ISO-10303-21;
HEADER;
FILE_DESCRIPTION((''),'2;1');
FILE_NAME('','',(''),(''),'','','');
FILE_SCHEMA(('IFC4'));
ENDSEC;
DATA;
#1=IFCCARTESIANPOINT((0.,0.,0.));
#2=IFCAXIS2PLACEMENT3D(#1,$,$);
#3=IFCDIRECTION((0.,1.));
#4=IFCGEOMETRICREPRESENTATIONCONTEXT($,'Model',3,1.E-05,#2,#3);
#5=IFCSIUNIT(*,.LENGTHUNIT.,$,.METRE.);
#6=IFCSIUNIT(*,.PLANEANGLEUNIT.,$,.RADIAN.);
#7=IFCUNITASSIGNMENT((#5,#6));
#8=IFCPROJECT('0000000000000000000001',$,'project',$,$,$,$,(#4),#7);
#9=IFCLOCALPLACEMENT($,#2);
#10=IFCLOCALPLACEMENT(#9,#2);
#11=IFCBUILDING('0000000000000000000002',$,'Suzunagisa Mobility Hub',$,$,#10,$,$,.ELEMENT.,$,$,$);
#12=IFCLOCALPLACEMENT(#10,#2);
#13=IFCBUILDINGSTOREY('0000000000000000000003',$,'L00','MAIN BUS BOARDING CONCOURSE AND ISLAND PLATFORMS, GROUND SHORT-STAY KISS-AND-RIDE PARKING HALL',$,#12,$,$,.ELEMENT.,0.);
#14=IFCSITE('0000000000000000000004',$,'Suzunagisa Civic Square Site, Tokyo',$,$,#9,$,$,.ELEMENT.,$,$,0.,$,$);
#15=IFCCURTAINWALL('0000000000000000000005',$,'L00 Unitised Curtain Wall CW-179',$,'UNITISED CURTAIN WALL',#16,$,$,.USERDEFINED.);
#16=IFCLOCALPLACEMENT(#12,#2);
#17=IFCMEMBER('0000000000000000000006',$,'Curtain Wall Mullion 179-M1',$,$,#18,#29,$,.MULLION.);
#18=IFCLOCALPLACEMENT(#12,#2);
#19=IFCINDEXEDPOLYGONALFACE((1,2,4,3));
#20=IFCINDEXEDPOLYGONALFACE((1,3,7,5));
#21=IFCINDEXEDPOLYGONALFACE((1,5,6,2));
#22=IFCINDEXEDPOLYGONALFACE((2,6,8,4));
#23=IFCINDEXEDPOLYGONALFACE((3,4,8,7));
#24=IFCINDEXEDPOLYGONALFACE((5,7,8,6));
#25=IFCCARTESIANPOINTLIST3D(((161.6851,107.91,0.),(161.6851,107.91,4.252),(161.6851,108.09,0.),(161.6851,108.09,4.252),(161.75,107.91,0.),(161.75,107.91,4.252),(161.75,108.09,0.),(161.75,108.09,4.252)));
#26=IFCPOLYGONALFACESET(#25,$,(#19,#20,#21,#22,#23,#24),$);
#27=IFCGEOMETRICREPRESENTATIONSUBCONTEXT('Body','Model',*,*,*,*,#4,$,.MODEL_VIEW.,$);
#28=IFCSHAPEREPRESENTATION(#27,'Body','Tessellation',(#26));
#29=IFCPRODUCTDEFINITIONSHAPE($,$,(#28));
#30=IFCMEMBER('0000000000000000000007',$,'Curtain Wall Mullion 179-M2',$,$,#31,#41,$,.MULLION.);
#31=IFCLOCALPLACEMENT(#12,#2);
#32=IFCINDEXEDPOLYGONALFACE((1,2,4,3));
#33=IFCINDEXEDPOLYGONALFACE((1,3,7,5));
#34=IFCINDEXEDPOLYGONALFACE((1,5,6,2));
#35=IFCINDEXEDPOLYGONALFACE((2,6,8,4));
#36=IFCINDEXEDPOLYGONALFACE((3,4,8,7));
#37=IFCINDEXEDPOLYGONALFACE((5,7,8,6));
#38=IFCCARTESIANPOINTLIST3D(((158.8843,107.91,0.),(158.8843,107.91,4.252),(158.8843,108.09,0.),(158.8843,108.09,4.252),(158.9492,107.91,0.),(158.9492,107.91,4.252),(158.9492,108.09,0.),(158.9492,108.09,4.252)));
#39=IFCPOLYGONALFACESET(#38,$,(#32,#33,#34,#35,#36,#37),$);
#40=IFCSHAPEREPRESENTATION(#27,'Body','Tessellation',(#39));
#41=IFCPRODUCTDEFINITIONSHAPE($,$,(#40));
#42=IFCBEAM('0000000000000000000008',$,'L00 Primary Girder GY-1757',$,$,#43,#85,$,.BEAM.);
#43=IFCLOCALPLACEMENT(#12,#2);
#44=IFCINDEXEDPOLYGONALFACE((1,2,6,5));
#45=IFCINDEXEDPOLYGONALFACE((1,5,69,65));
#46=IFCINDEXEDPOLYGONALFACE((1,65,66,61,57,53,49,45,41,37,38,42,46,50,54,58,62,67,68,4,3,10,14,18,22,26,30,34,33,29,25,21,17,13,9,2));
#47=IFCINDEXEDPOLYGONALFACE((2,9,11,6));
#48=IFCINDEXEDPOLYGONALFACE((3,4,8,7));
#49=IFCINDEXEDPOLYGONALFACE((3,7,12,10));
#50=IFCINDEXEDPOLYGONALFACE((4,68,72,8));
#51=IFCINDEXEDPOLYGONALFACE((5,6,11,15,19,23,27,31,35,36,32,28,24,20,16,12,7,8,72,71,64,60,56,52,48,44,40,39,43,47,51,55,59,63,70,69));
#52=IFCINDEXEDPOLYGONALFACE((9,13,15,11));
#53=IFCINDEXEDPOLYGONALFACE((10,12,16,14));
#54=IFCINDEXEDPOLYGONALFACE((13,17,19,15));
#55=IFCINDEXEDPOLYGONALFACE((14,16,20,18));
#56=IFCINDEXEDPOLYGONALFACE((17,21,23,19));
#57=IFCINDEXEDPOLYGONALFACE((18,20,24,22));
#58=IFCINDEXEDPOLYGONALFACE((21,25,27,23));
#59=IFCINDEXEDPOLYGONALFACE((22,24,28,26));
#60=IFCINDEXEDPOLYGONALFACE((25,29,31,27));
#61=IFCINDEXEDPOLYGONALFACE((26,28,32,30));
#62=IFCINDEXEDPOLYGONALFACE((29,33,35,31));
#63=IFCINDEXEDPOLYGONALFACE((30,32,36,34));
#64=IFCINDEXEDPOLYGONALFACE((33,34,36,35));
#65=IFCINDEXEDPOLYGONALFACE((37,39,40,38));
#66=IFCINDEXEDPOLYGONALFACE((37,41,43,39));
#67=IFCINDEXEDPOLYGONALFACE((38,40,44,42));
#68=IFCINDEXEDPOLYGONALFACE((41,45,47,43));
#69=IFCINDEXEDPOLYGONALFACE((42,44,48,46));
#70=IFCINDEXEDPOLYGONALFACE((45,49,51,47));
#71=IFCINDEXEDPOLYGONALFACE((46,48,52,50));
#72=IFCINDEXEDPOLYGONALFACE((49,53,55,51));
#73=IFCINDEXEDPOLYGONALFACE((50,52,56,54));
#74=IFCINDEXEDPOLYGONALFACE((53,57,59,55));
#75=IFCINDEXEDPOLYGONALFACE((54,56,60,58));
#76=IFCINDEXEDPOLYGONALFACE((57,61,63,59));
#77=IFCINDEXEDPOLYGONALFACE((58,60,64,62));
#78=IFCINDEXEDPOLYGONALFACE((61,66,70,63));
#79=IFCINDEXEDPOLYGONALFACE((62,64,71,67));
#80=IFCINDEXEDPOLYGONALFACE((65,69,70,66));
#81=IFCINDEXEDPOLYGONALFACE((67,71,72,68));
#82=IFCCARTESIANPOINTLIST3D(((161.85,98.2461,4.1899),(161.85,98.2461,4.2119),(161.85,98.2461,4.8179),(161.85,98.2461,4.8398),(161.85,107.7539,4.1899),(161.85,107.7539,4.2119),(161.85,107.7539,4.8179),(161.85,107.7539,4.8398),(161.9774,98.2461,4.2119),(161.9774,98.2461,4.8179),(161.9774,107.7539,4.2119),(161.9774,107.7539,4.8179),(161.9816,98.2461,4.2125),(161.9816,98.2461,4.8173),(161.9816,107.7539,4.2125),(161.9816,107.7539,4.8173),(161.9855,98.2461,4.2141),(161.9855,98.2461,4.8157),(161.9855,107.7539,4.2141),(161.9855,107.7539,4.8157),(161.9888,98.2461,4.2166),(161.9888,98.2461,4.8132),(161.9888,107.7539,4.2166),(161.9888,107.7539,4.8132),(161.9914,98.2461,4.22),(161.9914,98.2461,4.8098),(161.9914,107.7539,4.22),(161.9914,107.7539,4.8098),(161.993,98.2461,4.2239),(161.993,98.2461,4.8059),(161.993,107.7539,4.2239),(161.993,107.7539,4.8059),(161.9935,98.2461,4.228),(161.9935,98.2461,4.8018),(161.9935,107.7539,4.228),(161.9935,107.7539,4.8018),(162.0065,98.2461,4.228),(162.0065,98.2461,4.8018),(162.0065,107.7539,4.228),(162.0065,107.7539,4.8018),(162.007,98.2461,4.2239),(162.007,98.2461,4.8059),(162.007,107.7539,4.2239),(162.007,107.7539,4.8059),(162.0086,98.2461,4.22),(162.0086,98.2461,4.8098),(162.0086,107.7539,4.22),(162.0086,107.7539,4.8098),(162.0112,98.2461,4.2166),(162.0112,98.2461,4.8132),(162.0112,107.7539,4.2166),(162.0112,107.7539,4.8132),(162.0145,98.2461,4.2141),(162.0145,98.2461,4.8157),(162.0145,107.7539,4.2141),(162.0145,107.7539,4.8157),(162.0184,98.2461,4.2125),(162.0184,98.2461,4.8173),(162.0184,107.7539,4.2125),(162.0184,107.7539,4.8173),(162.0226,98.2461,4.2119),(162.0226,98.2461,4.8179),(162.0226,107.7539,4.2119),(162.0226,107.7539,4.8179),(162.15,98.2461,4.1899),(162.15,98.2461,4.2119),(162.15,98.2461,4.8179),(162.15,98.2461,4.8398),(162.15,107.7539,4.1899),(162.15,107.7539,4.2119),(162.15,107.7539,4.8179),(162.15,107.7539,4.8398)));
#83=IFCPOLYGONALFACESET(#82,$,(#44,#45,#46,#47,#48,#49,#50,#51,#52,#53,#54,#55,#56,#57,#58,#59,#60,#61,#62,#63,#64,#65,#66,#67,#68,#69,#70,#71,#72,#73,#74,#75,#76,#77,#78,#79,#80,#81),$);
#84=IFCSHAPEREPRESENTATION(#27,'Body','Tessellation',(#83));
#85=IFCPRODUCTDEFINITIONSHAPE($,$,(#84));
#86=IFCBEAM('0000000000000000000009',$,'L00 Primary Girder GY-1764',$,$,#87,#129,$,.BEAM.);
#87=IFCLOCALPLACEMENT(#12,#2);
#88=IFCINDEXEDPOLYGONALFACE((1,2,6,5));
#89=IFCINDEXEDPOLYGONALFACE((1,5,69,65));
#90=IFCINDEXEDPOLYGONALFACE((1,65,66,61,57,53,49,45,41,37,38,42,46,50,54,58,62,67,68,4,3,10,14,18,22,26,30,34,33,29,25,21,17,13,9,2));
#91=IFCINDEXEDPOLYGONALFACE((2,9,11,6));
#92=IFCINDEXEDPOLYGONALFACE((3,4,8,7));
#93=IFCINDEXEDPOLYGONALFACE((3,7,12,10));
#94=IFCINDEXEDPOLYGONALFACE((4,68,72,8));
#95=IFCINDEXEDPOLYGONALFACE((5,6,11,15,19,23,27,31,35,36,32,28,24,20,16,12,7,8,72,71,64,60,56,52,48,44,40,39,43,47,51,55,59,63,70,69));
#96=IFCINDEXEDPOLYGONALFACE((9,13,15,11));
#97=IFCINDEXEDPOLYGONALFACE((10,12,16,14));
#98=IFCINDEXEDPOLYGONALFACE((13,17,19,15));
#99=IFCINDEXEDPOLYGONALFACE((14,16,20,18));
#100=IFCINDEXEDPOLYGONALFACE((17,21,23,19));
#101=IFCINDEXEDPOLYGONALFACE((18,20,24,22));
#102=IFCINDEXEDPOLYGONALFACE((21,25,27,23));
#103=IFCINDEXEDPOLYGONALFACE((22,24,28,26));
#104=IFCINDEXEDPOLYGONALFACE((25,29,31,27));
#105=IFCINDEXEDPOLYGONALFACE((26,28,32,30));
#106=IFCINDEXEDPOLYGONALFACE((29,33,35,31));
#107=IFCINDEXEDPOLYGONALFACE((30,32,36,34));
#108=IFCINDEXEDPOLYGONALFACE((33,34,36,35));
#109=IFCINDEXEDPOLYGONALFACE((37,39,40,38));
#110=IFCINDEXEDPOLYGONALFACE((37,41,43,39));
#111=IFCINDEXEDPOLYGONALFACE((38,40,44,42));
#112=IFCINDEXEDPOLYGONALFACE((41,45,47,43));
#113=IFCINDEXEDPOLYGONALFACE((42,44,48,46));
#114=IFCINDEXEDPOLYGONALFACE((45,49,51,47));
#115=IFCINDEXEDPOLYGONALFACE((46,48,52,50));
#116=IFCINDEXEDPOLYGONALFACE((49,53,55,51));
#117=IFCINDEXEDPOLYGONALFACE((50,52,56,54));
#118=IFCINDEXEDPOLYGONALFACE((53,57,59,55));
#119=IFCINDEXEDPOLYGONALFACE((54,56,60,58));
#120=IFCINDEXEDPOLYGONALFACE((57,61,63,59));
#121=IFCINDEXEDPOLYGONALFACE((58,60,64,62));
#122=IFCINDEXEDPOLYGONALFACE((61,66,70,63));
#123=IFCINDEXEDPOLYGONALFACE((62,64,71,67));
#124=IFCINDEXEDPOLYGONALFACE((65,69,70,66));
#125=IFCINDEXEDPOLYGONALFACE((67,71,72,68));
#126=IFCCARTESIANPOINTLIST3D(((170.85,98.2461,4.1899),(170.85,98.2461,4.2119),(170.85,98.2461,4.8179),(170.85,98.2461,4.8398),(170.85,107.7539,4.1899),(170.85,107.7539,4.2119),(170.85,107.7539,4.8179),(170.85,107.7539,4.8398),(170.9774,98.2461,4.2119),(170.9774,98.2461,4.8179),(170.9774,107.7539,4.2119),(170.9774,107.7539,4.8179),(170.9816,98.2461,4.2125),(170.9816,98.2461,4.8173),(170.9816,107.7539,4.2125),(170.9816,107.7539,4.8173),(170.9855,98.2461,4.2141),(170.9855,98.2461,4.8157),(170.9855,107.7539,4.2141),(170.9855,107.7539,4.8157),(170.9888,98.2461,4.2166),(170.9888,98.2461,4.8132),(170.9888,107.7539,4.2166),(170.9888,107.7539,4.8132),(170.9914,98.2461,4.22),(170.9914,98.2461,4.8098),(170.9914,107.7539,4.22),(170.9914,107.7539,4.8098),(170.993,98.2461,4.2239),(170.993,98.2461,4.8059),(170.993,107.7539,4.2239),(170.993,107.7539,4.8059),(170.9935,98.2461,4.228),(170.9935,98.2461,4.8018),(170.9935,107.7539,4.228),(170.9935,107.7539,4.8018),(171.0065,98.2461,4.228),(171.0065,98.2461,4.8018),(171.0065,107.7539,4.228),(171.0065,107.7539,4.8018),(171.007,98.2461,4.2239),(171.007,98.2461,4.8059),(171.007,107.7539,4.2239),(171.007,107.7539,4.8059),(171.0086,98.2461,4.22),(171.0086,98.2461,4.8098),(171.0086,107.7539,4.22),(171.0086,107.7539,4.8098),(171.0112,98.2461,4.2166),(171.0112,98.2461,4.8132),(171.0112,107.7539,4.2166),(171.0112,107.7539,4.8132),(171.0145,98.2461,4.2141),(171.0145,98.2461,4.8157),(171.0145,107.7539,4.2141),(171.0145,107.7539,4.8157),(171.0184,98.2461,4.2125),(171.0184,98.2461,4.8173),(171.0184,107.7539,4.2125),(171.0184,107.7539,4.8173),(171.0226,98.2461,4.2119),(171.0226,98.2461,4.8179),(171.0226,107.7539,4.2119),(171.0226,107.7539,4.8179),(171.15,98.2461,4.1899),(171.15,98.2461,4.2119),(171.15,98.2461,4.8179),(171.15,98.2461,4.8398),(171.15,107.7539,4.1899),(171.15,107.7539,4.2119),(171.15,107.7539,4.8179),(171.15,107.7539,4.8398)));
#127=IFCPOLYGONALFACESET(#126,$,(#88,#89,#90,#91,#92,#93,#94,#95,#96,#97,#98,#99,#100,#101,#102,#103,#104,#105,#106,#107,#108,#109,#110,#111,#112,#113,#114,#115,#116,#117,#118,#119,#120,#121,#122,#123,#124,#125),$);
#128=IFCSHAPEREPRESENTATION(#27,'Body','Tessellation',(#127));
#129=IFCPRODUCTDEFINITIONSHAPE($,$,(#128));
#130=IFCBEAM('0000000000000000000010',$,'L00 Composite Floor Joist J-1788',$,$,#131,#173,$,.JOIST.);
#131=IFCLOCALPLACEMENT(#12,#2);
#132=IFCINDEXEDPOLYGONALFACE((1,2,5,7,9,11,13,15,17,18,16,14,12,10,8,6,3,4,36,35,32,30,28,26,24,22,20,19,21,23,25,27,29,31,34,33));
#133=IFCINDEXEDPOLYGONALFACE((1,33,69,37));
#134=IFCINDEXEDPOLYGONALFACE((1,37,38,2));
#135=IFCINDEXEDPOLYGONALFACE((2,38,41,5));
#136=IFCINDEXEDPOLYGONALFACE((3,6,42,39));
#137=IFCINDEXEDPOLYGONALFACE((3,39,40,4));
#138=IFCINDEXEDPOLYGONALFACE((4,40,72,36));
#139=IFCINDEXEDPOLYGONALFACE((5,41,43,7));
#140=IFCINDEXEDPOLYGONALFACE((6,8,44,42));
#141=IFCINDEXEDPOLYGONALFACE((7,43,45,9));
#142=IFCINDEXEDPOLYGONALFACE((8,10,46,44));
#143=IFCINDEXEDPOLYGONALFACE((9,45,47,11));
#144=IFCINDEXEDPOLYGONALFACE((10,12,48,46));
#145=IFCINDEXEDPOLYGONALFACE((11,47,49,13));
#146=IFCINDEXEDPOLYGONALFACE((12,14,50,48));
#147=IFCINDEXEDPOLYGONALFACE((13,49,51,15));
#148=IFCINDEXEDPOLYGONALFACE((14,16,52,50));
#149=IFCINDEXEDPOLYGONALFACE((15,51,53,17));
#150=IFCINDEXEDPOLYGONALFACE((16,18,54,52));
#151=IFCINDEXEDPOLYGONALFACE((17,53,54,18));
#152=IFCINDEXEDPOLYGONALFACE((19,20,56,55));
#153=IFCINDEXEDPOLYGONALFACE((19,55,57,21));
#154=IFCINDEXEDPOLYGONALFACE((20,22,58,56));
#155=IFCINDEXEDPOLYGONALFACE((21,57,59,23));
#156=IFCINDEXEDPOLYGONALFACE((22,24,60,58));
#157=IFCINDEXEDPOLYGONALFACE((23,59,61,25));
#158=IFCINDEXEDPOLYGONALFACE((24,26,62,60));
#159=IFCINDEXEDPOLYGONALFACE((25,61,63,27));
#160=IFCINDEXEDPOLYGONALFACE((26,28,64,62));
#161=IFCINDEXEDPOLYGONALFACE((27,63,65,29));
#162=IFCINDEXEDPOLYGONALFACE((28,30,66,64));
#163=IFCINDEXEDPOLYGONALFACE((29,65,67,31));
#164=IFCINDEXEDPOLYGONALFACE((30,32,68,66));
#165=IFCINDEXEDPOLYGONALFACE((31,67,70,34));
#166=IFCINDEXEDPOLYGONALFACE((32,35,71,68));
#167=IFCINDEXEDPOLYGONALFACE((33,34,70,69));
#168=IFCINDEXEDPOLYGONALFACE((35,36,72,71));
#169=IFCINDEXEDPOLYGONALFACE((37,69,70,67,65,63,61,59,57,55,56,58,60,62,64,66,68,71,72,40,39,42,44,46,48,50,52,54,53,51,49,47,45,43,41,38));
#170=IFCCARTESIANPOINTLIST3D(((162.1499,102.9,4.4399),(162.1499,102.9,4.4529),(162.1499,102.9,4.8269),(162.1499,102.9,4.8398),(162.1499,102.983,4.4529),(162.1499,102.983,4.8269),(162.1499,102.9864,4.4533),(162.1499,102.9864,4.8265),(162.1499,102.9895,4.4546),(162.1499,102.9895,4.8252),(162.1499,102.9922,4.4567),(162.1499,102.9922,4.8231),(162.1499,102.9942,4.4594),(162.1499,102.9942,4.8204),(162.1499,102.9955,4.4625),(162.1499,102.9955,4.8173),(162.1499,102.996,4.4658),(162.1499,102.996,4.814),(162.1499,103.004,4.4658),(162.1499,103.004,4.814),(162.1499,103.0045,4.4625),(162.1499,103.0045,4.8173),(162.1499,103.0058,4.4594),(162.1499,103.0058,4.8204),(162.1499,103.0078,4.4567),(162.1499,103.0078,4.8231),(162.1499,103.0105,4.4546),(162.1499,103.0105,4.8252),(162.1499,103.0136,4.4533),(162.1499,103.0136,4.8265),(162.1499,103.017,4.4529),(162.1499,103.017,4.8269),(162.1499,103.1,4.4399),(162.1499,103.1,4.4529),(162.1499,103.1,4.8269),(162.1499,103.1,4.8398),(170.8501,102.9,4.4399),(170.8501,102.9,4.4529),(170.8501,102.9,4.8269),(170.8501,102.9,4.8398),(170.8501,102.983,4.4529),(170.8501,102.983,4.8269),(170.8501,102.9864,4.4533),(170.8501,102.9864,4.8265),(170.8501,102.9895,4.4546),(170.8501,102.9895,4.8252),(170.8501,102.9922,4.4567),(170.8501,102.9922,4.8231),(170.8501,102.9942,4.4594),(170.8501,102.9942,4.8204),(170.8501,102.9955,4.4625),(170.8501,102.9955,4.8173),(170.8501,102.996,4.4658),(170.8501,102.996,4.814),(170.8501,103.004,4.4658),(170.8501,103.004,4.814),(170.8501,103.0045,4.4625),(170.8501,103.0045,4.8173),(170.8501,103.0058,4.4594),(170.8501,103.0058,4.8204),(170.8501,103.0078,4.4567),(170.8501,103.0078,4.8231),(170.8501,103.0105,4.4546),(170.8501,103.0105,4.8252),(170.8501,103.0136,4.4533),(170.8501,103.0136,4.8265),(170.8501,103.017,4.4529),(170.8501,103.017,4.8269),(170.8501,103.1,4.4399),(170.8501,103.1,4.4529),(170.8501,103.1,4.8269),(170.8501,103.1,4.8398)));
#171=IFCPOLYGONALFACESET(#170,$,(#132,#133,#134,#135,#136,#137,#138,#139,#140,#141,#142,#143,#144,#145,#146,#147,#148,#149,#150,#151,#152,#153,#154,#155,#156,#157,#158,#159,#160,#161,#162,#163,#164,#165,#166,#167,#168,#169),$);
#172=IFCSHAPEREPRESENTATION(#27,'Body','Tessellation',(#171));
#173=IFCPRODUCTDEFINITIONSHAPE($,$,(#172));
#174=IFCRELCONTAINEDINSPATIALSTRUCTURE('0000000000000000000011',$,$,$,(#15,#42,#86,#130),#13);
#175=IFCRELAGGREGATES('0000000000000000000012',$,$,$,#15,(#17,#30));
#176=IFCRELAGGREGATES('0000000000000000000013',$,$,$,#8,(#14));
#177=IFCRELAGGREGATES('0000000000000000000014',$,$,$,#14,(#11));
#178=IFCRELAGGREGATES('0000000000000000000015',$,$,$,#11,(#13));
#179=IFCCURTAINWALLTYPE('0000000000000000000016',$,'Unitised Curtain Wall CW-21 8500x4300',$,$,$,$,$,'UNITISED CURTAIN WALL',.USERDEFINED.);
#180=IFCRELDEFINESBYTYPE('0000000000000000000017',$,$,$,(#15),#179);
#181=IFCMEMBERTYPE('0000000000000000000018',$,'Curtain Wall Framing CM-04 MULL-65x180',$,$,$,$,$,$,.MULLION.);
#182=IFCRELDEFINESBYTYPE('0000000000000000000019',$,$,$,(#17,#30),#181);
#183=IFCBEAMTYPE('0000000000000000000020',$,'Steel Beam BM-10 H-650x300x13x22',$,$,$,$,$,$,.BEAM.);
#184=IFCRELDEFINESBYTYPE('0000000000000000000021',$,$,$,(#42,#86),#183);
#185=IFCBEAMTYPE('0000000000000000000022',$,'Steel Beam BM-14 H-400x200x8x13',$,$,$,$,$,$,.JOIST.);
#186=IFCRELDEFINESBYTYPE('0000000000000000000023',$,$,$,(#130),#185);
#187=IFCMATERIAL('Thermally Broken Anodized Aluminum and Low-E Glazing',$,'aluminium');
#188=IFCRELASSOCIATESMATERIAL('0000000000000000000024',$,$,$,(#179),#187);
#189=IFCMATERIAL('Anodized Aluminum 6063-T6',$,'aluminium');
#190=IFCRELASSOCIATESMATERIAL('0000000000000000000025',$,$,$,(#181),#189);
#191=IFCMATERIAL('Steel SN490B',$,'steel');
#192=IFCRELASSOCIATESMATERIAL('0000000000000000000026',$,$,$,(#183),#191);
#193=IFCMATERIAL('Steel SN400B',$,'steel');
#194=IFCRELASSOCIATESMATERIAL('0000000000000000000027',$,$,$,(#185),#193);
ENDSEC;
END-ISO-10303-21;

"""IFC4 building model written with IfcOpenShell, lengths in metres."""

from ifc_helpers import new_model, si_unit, direction, frame, origin, origin_2d, place, context, subcontext, project, spatial, rectangle, i_section, extrude, material, material_profile, profile_set, type_object, element, aggregate, save


model = new_model("IFC4")

# Units and contexts
model_context = context("Model", 3, precision=1e-05, world=origin(), true_north=direction((0.0, 1.0)))
body_context = subcontext(model_context, "Body", "Model", "MODEL_VIEW")
ifc_project = project(units=[si_unit("LENGTHUNIT", "METRE"), si_unit("PLANEANGLEUNIT", "RADIAN")], contexts=[model_context])

# Site, building, storey
site_placement = place(None, origin())
site = spatial("IfcSite", under=ifc_project, at=site_placement, Name="Suzunagisa Civic Square Site, Tokyo", CompositionType="ELEMENT", RefElevation=0.0)
building_placement = place(site_placement, origin())
building = spatial("IfcBuilding", under=site, at=building_placement, Name="Suzunagisa Mobility Hub", CompositionType="ELEMENT")
storey_placement = place(building_placement, origin())
storey = spatial("IfcBuildingStorey", under=building, at=storey_placement, Name="L00", Description="MAIN BUS BOARDING CONCOURSE AND ISLAND PLATFORMS, GROUND SHORT-STAY KISS-AND-RIDE PARKING HALL", CompositionType="ELEMENT", Elevation=0.0)

# Shared definitions
ifc_material_1 = material(Name="Steel SN490B", Category="steel")

# Curtain wall
ifc_material_2 = material(Name="Thermally Broken Anodized Aluminum and Low-E Glazing", Category="aluminium")
curtain_wall_type_1 = type_object("IfcCurtainWallType", Name="Unitised Curtain Wall CW-21 8500x4300", ElementType="UNITISED CURTAIN WALL", PredefinedType="USERDEFINED", material=ifc_material_2)
curtain_wall_1_placement = place(storey_placement, origin())
curtain_wall_1 = element("IfcCurtainWall", 1, at=curtain_wall_1_placement, inside=storey, type_object=curtain_wall_type_1, Name="L00 Unitised Curtain Wall CW-179", ObjectType="UNITISED CURTAIN WALL", PredefinedType="USERDEFINED")
ifc_material_3 = material(Name="Anodized Aluminum 6063-T6", Category="aluminium")
ifc_material_profile_1 = material_profile(ifc_material_3, rectangle(XDim=0.0649, YDim=0.1799, at=origin_2d()), Name="MULL-65x180")
ifc_profile_set_1 = profile_set([ifc_material_profile_1], Name="Anodized Aluminum 6063-T6")
member_type_1 = type_object("IfcMemberType", Name="Curtain Wall Framing CM-04 MULL-65x180", PredefinedType="MULLION", material=ifc_profile_set_1)

# Members
member_1_placement = place(storey_placement, frame((161.7175, 108.0, 0.0), z_axis=(0.0, 0.0, 1.0), x_axis=(-1.0, 0.0, 0.0)))
member_1 = element("IfcMember", 2, at=member_1_placement, type_object=member_type_1, Name="Curtain Wall Mullion 179-M1", PredefinedType="MULLION", context=body_context, shape_type="SweptSolid", body=[
    extrude(rectangle(XDim=0.0649, YDim=0.1799, at=origin_2d()), origin(), (0.0, 0.0, 1.0), 4.252),
])
member_2_placement = place(storey_placement, frame((158.9167, 108.0, 0.0), z_axis=(0.0, 0.0, 1.0), x_axis=(-1.0, 0.0, 0.0)))
member_2 = element("IfcMember", 3, at=member_2_placement, type_object=member_type_1, Name="Curtain Wall Mullion 179-M2", PredefinedType="MULLION", context=body_context, shape_type="SweptSolid", body=[
    extrude(rectangle(XDim=0.0649, YDim=0.1799, at=origin_2d()), origin(), (0.0, 0.0, 1.0), 4.252),
])

# Beams
ifc_material_profile_2 = material_profile(ifc_material_1, i_section(OverallWidth=0.3, OverallDepth=0.6499, WebThickness=0.0129, FlangeThickness=0.022, FilletRadius=0.0161, at=origin_2d()), Name="H-650x300x13x22")
ifc_profile_set_2 = profile_set([ifc_material_profile_2], Name="Steel SN490B")
beam_type_1 = type_object("IfcBeamType", Name="Steel Beam BM-10 H-650x300x13x22", PredefinedType="BEAM", material=ifc_profile_set_2)
for number, where, z_axis, x_axis, name in (
    (4, (162.0, 98.2461, 4.5149), (0.0, 1.0, 0.0), (-1.0, 0.0, 0.0), "L00 Primary Girder GY-1757"),
    (5, (171.0, 98.2461, 4.5149), (0.0, 1.0, 0.0), (-1.0, 0.0, 0.0), "L00 Primary Girder GY-1764"),
):
    element("IfcBeam", number, at=place(storey_placement, frame(where, z_axis=z_axis, x_axis=x_axis)), inside=storey, type_object=beam_type_1, Name=name, PredefinedType="BEAM", context=body_context, shape_type="SweptSolid", body=[
        extrude(i_section(OverallWidth=0.3, OverallDepth=0.6499, WebThickness=0.0129, FlangeThickness=0.022, FilletRadius=0.0161, at=origin_2d()), origin(), (0.0, 0.0, 1.0), 9.5078),
    ])
ifc_material_4 = material(Name="Steel SN400B", Category="steel")
ifc_material_profile_3 = material_profile(ifc_material_4, i_section(OverallWidth=0.2, OverallDepth=0.3999, WebThickness=0.0081, FlangeThickness=0.0129, FilletRadius=0.0129, at=origin_2d()), Name="H-400x200x8x13")
ifc_profile_set_3 = profile_set([ifc_material_profile_3], Name="Steel SN400B")
beam_type_2 = type_object("IfcBeamType", Name="Steel Beam BM-14 H-400x200x8x13", PredefinedType="JOIST", material=ifc_profile_set_3)
beam_placement = place(storey_placement, frame((162.1499, 103.0, 4.6399), z_axis=(1.0, 0.0, 0.0), x_axis=(0.0, 1.0, 0.0)))
element("IfcBeam", 6, at=beam_placement, inside=storey, type_object=beam_type_2, Name="L00 Composite Floor Joist J-1788", PredefinedType="JOIST", context=body_context, shape_type="SweptSolid", body=[
    extrude(i_section(OverallWidth=0.2, OverallDepth=0.3999, WebThickness=0.0081, FlangeThickness=0.0129, FilletRadius=0.0129, at=origin_2d()), origin(), (0.0, 0.0, 1.0), 8.7002),
])

aggregate(curtain_wall_1, [member_1, member_2])

save(model, "model.ifc")
